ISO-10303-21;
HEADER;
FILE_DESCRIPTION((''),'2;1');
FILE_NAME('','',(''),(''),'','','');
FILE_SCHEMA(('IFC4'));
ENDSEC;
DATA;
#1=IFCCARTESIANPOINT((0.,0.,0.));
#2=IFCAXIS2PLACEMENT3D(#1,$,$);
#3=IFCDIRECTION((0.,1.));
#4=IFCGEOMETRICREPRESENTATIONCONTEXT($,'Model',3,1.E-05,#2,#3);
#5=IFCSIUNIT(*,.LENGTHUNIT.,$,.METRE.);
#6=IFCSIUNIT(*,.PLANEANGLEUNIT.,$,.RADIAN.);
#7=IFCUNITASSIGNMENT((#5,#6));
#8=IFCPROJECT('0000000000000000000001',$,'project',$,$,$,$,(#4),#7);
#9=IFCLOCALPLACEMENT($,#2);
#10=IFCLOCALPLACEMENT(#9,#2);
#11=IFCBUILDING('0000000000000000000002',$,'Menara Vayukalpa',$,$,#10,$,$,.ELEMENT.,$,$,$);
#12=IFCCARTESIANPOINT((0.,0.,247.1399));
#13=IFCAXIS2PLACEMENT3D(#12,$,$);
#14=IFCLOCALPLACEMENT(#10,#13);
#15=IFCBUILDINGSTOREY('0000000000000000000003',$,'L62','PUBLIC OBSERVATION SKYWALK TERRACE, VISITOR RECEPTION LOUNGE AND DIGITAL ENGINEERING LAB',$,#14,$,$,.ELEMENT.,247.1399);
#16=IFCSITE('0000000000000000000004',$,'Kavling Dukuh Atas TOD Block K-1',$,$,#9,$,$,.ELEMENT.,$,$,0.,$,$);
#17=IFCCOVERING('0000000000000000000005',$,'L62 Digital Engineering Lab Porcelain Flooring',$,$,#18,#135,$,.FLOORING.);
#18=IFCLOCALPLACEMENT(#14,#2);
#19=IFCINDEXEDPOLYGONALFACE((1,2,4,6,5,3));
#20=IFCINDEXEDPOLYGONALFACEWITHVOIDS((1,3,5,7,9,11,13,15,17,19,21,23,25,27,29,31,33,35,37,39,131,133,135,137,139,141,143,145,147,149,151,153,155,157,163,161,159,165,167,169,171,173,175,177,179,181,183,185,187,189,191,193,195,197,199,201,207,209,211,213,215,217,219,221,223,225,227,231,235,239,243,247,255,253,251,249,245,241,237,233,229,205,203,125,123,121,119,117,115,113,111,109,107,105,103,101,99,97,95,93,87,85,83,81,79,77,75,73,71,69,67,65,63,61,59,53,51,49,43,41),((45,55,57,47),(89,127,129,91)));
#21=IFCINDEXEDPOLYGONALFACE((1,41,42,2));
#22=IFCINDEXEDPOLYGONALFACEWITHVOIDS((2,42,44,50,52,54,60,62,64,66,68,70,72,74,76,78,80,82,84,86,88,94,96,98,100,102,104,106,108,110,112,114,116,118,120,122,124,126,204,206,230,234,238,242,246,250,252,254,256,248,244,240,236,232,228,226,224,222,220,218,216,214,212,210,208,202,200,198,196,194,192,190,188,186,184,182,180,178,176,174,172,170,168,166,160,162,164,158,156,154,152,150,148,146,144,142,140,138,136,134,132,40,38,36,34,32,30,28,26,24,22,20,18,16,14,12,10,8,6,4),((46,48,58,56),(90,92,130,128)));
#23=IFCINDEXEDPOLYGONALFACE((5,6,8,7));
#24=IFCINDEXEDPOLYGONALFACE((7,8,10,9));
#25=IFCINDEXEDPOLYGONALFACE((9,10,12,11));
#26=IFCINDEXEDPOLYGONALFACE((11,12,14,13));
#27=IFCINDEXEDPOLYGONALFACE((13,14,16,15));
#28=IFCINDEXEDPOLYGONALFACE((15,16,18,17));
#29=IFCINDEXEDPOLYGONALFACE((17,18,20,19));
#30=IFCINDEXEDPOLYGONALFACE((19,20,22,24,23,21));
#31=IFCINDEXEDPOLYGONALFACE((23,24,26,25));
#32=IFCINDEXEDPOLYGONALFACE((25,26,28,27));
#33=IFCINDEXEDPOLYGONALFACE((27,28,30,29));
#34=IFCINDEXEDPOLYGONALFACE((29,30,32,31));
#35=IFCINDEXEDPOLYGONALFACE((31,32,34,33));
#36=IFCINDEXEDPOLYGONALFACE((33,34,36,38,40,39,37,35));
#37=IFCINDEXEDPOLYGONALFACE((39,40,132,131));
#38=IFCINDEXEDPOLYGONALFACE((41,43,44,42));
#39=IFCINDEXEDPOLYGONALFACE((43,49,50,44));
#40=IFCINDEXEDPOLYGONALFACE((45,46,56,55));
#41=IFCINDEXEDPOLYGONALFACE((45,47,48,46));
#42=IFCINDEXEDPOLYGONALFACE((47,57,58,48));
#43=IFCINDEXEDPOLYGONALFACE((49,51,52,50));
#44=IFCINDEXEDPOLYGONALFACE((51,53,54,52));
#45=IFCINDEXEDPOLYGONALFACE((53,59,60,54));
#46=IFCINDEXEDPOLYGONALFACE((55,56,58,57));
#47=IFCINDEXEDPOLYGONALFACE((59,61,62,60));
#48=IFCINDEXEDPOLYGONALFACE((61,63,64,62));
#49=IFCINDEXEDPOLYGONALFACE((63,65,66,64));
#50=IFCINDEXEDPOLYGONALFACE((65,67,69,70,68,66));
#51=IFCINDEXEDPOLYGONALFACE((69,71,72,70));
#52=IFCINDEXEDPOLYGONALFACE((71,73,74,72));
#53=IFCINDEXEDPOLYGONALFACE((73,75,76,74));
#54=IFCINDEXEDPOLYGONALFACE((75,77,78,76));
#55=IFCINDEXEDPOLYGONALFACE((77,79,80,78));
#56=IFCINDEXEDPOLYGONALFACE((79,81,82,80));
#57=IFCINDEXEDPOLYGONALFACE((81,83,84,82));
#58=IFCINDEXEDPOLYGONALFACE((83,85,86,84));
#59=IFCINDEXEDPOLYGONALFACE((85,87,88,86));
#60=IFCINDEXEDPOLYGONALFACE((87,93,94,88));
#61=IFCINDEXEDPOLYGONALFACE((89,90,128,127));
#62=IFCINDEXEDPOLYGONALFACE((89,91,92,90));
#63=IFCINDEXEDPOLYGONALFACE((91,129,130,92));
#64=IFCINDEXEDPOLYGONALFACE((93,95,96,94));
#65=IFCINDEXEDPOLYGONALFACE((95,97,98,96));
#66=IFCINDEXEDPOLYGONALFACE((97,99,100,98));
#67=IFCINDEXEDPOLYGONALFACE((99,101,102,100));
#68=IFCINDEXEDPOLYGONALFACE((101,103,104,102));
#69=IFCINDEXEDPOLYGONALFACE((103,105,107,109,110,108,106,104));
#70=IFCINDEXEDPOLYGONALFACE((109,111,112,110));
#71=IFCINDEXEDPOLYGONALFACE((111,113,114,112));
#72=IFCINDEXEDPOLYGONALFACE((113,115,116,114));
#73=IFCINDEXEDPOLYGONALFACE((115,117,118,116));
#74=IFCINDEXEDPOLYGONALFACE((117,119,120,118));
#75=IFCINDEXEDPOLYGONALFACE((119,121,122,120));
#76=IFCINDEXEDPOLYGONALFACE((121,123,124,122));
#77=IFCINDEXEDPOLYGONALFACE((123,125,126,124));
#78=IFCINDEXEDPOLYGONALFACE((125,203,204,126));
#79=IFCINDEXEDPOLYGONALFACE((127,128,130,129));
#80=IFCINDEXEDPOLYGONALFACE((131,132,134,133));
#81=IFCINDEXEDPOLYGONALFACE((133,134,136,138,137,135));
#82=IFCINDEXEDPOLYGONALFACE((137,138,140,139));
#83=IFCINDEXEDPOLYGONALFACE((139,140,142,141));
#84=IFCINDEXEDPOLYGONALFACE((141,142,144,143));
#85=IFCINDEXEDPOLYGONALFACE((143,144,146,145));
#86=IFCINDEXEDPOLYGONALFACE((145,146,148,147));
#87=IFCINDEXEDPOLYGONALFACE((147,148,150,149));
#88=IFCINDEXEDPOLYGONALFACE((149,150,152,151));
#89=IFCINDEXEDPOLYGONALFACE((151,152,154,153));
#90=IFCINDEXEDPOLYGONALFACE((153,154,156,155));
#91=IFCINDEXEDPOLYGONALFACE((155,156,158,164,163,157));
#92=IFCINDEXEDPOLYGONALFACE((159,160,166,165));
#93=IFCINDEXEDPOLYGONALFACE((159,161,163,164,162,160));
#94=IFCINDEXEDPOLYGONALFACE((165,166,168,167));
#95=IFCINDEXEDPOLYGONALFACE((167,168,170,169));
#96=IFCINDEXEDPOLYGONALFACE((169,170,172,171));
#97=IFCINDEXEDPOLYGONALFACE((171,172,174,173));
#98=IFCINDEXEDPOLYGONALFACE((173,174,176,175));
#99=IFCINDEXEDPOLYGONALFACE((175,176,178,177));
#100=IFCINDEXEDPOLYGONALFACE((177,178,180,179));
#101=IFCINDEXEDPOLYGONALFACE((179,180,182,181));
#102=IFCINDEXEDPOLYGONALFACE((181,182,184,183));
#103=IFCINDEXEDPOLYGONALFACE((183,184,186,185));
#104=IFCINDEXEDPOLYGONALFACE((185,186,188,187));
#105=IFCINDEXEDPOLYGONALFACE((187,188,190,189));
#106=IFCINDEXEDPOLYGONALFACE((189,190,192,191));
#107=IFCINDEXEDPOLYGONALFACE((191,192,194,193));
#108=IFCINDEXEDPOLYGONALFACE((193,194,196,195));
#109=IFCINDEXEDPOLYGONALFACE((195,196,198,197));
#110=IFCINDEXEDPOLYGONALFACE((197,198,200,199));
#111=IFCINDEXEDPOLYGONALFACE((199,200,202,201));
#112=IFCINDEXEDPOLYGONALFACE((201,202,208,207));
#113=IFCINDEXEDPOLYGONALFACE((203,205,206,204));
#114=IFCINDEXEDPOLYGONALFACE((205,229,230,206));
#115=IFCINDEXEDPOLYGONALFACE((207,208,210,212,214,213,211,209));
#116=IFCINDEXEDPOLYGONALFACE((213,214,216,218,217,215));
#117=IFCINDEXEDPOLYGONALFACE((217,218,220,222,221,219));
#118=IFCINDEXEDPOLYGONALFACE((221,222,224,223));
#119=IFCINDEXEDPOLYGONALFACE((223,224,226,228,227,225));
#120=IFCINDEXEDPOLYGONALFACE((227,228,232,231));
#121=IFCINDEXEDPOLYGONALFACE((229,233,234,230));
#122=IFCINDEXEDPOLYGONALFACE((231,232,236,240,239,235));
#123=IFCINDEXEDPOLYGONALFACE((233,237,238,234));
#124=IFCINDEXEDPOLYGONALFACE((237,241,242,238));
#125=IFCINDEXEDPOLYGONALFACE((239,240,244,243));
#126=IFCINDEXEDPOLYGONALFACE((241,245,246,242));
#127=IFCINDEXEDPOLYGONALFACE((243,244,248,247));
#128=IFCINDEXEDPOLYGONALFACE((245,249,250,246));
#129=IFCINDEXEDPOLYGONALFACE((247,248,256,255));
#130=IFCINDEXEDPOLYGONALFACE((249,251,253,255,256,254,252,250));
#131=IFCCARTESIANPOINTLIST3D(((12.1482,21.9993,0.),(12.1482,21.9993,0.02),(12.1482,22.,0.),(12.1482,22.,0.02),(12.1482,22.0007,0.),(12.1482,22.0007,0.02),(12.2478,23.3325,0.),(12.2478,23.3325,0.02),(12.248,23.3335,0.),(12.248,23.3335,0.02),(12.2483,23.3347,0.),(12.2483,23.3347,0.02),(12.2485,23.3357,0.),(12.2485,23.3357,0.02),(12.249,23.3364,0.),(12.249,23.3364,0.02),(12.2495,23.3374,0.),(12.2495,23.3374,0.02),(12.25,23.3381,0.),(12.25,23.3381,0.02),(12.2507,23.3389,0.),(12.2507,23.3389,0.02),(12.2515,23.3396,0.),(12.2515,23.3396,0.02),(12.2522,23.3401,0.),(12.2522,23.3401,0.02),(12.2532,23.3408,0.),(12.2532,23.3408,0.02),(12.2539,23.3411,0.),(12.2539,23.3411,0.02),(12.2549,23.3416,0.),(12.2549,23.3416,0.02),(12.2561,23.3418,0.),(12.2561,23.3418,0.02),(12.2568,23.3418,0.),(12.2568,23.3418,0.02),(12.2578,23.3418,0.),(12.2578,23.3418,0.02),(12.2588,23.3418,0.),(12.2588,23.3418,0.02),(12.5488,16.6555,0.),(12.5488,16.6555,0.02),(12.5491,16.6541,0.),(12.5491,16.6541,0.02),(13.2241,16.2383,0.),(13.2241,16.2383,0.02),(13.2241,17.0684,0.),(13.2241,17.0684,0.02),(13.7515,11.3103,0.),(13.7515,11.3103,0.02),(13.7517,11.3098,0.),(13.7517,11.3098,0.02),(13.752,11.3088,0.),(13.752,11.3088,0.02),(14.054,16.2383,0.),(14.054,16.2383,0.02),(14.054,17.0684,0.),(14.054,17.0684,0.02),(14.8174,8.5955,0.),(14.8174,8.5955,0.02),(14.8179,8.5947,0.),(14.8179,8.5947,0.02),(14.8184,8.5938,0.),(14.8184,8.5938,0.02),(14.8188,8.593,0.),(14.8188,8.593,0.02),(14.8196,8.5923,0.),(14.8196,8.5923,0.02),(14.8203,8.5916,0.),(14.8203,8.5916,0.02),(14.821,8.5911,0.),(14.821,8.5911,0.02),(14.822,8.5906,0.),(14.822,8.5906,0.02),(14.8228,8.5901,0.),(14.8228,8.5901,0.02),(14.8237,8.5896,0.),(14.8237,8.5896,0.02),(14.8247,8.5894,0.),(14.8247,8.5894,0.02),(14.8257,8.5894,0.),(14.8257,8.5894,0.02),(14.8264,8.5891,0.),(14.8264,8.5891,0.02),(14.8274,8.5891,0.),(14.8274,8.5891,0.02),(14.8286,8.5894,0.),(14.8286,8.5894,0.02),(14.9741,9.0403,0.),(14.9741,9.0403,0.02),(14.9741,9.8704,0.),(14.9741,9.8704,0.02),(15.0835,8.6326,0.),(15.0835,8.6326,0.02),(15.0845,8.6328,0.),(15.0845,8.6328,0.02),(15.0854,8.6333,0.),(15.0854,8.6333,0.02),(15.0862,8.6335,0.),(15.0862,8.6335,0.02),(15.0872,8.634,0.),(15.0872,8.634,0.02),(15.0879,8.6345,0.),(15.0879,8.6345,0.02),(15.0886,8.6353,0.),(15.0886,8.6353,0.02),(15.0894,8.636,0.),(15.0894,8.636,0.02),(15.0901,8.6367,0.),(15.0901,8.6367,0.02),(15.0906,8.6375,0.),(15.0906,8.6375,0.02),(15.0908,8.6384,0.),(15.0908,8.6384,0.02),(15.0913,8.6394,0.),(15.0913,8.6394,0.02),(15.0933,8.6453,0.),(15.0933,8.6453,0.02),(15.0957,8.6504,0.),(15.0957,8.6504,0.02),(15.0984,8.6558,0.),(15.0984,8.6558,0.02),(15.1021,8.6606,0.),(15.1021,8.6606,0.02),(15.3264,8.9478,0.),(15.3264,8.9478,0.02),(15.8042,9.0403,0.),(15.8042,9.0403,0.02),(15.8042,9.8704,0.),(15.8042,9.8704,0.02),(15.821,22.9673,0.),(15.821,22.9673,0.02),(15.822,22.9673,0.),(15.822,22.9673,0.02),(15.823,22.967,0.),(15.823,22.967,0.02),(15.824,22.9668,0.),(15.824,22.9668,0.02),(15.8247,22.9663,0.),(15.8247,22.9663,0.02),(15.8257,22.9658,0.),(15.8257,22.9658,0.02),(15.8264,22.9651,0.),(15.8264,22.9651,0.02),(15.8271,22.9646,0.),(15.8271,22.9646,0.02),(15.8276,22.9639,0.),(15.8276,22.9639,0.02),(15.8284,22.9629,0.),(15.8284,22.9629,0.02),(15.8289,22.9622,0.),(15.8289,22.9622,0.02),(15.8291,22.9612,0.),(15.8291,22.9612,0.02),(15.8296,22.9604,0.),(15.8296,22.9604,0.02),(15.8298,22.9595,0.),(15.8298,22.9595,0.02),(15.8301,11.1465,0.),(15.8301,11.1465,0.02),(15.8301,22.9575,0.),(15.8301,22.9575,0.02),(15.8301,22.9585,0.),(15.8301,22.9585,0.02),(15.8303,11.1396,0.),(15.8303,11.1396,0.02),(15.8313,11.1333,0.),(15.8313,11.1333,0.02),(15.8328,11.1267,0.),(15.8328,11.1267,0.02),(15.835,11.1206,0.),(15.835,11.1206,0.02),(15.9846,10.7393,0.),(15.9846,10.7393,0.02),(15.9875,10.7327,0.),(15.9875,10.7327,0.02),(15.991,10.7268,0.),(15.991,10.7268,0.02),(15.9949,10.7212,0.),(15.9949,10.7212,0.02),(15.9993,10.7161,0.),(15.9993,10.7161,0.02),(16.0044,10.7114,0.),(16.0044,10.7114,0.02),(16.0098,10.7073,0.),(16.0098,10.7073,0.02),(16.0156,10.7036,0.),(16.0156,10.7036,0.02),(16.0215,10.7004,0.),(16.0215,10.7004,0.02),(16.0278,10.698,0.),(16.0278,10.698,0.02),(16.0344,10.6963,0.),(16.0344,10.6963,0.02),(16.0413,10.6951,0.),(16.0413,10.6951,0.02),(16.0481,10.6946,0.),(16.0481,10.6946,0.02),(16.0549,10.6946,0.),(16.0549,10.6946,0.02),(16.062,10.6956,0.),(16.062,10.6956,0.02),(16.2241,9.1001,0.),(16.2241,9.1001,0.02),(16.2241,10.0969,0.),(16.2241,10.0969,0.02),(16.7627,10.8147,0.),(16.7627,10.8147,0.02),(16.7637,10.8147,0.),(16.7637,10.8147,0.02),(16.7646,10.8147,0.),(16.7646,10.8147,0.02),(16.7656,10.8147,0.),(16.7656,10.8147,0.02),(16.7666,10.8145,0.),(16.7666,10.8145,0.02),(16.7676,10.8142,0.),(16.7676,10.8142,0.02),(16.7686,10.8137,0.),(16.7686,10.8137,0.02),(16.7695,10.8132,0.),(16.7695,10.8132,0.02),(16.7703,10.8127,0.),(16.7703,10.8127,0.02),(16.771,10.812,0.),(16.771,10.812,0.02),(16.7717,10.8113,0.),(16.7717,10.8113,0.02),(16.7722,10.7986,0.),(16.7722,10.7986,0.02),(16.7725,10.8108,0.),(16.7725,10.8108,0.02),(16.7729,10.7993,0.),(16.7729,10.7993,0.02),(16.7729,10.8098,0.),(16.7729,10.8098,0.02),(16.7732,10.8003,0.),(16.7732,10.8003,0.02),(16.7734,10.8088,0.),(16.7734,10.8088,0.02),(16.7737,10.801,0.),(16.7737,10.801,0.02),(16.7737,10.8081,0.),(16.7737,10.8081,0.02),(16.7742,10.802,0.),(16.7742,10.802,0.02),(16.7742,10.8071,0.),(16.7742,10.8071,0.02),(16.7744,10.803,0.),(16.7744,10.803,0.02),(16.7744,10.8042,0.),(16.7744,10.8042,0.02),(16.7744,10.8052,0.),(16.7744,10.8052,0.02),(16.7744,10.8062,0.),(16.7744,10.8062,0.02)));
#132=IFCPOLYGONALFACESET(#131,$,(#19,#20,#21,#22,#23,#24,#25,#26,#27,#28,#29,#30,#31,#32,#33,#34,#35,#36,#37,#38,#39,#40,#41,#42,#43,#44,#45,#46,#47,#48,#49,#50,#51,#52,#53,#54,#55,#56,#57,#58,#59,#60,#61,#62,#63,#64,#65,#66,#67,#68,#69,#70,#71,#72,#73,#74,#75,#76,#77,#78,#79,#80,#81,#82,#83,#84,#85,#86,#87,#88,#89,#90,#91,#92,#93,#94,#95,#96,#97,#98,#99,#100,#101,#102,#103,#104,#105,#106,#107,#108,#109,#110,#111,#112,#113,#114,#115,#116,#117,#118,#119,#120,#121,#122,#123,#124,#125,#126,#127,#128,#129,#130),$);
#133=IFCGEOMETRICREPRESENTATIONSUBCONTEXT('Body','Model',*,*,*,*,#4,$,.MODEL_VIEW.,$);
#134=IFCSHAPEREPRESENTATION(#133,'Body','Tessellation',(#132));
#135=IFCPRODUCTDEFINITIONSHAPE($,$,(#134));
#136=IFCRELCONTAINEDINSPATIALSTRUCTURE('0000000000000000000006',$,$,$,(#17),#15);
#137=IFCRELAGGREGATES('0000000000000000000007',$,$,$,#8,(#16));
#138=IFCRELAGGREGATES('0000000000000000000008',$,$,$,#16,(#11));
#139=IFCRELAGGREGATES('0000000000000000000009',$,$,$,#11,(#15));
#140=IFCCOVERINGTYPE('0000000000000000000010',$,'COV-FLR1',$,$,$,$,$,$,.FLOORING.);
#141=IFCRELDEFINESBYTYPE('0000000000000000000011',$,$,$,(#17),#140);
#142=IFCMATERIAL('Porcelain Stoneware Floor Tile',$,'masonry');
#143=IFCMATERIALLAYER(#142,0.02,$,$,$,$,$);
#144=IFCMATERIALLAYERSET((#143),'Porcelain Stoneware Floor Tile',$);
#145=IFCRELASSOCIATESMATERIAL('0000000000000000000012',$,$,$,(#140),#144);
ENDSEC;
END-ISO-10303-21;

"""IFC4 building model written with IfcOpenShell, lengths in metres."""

from ifc_helpers import new_model, si_unit, direction, frame, origin, place, context, subcontext, project, spatial, polyline, outline, extrude, material, layer, layer_set, type_object, element, save


model = new_model("IFC4")

# Units and contexts
model_context = context("Model", 3, precision=1e-05, world=origin(), true_north=direction((0.0, 1.0)))
body_context = subcontext(model_context, "Body", "Model", "MODEL_VIEW")
ifc_project = project(units=[si_unit("LENGTHUNIT", "METRE"), si_unit("PLANEANGLEUNIT", "RADIAN")], contexts=[model_context])

# Site, building, storey
site_placement = place(None, origin())
site = spatial("IfcSite", under=ifc_project, at=site_placement, Name="Kavling Dukuh Atas TOD Block K-1", CompositionType="ELEMENT", RefElevation=0.0)
building_placement = place(site_placement, origin())
building = spatial("IfcBuilding", under=site, at=building_placement, Name="Menara Vayukalpa", CompositionType="ELEMENT")
storey_placement = place(building_placement, frame((0.0, 0.0, 247.1399)))
storey = spatial("IfcBuildingStorey", under=building, at=storey_placement, Name="L62", Description="PUBLIC OBSERVATION SKYWALK TERRACE, VISITOR RECEPTION LOUNGE AND DIGITAL ENGINEERING LAB", CompositionType="ELEMENT", Elevation=247.1399)

# Covering
ifc_material_1 = material(Name="Porcelain Stoneware Floor Tile", Category="masonry")
ifc_layer_1 = layer(ifc_material_1, 0.02)
ifc_layer_set_1 = layer_set([ifc_layer_1], Name="Porcelain Stoneware Floor Tile")
covering_type_1 = type_object("IfcCoveringType", Name="COV-FLR1", PredefinedType="FLOORING", material=ifc_layer_set_1)
covering_1_placement = place(storey_placement, origin())
element("IfcCovering", 1, at=covering_1_placement, inside=storey, type_object=covering_type_1, Name="L62 Digital Engineering Lab Porcelain Flooring", PredefinedType="FLOORING", context=body_context, shape_type="SweptSolid", body=[
    extrude(outline(polyline([(15.3264, 8.9478), (15.1021, 8.6606), (15.0984, 8.6558), (15.0957, 8.6504), (15.0933, 8.6453), (15.0913, 8.6394), (15.0908, 8.6384), (15.0906, 8.6375), (15.0901, 8.6367), (15.0894, 8.636), (15.0886, 8.6353), (15.0879, 8.6345), (15.0872, 8.634), (15.0862, 8.6335), (15.0854, 8.6333), (15.0845, 8.6328), (15.0835, 8.6326), (14.8286, 8.5894), (14.8274, 8.5891), (14.8264, 8.5891), (14.8257, 8.5894), (14.8247, 8.5894), (14.8237, 8.5896), (14.8228, 8.5901), (14.822, 8.5906), (14.821, 8.5911), (14.8203, 8.5916), (14.8196, 8.5923), (14.8188, 8.593), (14.8184, 8.5938), (14.8179, 8.5947), (14.8174, 8.5955), (13.752, 11.3088), (13.7517, 11.3098), (13.7515, 11.3103), (12.5491, 16.6541), (12.5488, 16.6555), (12.1482, 21.9993), (12.1482, 22.0), (12.1482, 22.0007), (12.2478, 23.3325), (12.248, 23.3335), (12.2483, 23.3347), (12.2485, 23.3357), (12.249, 23.3364), (12.2495, 23.3374), (12.25, 23.3381), (12.2507, 23.3389), (12.2515, 23.3396), (12.2522, 23.3401), (12.2532, 23.3408), (12.2539, 23.3411), (12.2549, 23.3416), (12.2561, 23.3418), (12.2568, 23.3418), (12.2578, 23.3418), (12.2588, 23.3418), (15.821, 22.9673), (15.822, 22.9673), (15.823, 22.967), (15.824, 22.9668), (15.8247, 22.9663), (15.8257, 22.9658), (15.8264, 22.9651), (15.8271, 22.9646), (15.8276, 22.9639), (15.8284, 22.9629), (15.8289, 22.9622), (15.8291, 22.9612), (15.8296, 22.9604), (15.8298, 22.9595), (15.8301, 22.9585), (15.8301, 22.9575), (15.8301, 11.1465), (15.8303, 11.1396), (15.8313, 11.1333), (15.8328, 11.1267), (15.835, 11.1206), (15.9846, 10.7393), (15.9875, 10.7327), (15.991, 10.7268), (15.9949, 10.7212), (15.9993, 10.7161), (16.0044, 10.7114), (16.0098, 10.7073), (16.0156, 10.7036), (16.0215, 10.7004), (16.0278, 10.698), (16.0344, 10.6963), (16.0413, 10.6951), (16.0481, 10.6946), (16.0549, 10.6946), (16.062, 10.6956), (16.7627, 10.8147), (16.7637, 10.8147), (16.7646, 10.8147), (16.7656, 10.8147), (16.7666, 10.8145), (16.7676, 10.8142), (16.7686, 10.8137), (16.7695, 10.8132), (16.7703, 10.8127), (16.771, 10.812), (16.7717, 10.8113), (16.7725, 10.8108), (16.7729, 10.8098), (16.7734, 10.8088), (16.7737, 10.8081), (16.7742, 10.8071), (16.7744, 10.8062), (16.7744, 10.8052), (16.7744, 10.8042), (16.7744, 10.803), (16.7742, 10.802), (16.7737, 10.801), (16.7732, 10.8003), (16.7729, 10.7993), (16.7722, 10.7986), (16.2241, 10.0969), (16.2241, 9.1001), (15.3264, 8.9478)]), holes=[polyline([(14.9741, 9.8704), (14.9741, 9.0403), (15.8042, 9.0403), (15.8042, 9.8704), (14.9741, 9.8704)]), polyline([(14.054, 17.0684), (13.2241, 17.0684), (13.2241, 16.2383), (14.054, 16.2383), (14.054, 17.0684)])]), origin(), (0.0, 0.0, 1.0), 0.02),
])

save(model, "model.ifc")
